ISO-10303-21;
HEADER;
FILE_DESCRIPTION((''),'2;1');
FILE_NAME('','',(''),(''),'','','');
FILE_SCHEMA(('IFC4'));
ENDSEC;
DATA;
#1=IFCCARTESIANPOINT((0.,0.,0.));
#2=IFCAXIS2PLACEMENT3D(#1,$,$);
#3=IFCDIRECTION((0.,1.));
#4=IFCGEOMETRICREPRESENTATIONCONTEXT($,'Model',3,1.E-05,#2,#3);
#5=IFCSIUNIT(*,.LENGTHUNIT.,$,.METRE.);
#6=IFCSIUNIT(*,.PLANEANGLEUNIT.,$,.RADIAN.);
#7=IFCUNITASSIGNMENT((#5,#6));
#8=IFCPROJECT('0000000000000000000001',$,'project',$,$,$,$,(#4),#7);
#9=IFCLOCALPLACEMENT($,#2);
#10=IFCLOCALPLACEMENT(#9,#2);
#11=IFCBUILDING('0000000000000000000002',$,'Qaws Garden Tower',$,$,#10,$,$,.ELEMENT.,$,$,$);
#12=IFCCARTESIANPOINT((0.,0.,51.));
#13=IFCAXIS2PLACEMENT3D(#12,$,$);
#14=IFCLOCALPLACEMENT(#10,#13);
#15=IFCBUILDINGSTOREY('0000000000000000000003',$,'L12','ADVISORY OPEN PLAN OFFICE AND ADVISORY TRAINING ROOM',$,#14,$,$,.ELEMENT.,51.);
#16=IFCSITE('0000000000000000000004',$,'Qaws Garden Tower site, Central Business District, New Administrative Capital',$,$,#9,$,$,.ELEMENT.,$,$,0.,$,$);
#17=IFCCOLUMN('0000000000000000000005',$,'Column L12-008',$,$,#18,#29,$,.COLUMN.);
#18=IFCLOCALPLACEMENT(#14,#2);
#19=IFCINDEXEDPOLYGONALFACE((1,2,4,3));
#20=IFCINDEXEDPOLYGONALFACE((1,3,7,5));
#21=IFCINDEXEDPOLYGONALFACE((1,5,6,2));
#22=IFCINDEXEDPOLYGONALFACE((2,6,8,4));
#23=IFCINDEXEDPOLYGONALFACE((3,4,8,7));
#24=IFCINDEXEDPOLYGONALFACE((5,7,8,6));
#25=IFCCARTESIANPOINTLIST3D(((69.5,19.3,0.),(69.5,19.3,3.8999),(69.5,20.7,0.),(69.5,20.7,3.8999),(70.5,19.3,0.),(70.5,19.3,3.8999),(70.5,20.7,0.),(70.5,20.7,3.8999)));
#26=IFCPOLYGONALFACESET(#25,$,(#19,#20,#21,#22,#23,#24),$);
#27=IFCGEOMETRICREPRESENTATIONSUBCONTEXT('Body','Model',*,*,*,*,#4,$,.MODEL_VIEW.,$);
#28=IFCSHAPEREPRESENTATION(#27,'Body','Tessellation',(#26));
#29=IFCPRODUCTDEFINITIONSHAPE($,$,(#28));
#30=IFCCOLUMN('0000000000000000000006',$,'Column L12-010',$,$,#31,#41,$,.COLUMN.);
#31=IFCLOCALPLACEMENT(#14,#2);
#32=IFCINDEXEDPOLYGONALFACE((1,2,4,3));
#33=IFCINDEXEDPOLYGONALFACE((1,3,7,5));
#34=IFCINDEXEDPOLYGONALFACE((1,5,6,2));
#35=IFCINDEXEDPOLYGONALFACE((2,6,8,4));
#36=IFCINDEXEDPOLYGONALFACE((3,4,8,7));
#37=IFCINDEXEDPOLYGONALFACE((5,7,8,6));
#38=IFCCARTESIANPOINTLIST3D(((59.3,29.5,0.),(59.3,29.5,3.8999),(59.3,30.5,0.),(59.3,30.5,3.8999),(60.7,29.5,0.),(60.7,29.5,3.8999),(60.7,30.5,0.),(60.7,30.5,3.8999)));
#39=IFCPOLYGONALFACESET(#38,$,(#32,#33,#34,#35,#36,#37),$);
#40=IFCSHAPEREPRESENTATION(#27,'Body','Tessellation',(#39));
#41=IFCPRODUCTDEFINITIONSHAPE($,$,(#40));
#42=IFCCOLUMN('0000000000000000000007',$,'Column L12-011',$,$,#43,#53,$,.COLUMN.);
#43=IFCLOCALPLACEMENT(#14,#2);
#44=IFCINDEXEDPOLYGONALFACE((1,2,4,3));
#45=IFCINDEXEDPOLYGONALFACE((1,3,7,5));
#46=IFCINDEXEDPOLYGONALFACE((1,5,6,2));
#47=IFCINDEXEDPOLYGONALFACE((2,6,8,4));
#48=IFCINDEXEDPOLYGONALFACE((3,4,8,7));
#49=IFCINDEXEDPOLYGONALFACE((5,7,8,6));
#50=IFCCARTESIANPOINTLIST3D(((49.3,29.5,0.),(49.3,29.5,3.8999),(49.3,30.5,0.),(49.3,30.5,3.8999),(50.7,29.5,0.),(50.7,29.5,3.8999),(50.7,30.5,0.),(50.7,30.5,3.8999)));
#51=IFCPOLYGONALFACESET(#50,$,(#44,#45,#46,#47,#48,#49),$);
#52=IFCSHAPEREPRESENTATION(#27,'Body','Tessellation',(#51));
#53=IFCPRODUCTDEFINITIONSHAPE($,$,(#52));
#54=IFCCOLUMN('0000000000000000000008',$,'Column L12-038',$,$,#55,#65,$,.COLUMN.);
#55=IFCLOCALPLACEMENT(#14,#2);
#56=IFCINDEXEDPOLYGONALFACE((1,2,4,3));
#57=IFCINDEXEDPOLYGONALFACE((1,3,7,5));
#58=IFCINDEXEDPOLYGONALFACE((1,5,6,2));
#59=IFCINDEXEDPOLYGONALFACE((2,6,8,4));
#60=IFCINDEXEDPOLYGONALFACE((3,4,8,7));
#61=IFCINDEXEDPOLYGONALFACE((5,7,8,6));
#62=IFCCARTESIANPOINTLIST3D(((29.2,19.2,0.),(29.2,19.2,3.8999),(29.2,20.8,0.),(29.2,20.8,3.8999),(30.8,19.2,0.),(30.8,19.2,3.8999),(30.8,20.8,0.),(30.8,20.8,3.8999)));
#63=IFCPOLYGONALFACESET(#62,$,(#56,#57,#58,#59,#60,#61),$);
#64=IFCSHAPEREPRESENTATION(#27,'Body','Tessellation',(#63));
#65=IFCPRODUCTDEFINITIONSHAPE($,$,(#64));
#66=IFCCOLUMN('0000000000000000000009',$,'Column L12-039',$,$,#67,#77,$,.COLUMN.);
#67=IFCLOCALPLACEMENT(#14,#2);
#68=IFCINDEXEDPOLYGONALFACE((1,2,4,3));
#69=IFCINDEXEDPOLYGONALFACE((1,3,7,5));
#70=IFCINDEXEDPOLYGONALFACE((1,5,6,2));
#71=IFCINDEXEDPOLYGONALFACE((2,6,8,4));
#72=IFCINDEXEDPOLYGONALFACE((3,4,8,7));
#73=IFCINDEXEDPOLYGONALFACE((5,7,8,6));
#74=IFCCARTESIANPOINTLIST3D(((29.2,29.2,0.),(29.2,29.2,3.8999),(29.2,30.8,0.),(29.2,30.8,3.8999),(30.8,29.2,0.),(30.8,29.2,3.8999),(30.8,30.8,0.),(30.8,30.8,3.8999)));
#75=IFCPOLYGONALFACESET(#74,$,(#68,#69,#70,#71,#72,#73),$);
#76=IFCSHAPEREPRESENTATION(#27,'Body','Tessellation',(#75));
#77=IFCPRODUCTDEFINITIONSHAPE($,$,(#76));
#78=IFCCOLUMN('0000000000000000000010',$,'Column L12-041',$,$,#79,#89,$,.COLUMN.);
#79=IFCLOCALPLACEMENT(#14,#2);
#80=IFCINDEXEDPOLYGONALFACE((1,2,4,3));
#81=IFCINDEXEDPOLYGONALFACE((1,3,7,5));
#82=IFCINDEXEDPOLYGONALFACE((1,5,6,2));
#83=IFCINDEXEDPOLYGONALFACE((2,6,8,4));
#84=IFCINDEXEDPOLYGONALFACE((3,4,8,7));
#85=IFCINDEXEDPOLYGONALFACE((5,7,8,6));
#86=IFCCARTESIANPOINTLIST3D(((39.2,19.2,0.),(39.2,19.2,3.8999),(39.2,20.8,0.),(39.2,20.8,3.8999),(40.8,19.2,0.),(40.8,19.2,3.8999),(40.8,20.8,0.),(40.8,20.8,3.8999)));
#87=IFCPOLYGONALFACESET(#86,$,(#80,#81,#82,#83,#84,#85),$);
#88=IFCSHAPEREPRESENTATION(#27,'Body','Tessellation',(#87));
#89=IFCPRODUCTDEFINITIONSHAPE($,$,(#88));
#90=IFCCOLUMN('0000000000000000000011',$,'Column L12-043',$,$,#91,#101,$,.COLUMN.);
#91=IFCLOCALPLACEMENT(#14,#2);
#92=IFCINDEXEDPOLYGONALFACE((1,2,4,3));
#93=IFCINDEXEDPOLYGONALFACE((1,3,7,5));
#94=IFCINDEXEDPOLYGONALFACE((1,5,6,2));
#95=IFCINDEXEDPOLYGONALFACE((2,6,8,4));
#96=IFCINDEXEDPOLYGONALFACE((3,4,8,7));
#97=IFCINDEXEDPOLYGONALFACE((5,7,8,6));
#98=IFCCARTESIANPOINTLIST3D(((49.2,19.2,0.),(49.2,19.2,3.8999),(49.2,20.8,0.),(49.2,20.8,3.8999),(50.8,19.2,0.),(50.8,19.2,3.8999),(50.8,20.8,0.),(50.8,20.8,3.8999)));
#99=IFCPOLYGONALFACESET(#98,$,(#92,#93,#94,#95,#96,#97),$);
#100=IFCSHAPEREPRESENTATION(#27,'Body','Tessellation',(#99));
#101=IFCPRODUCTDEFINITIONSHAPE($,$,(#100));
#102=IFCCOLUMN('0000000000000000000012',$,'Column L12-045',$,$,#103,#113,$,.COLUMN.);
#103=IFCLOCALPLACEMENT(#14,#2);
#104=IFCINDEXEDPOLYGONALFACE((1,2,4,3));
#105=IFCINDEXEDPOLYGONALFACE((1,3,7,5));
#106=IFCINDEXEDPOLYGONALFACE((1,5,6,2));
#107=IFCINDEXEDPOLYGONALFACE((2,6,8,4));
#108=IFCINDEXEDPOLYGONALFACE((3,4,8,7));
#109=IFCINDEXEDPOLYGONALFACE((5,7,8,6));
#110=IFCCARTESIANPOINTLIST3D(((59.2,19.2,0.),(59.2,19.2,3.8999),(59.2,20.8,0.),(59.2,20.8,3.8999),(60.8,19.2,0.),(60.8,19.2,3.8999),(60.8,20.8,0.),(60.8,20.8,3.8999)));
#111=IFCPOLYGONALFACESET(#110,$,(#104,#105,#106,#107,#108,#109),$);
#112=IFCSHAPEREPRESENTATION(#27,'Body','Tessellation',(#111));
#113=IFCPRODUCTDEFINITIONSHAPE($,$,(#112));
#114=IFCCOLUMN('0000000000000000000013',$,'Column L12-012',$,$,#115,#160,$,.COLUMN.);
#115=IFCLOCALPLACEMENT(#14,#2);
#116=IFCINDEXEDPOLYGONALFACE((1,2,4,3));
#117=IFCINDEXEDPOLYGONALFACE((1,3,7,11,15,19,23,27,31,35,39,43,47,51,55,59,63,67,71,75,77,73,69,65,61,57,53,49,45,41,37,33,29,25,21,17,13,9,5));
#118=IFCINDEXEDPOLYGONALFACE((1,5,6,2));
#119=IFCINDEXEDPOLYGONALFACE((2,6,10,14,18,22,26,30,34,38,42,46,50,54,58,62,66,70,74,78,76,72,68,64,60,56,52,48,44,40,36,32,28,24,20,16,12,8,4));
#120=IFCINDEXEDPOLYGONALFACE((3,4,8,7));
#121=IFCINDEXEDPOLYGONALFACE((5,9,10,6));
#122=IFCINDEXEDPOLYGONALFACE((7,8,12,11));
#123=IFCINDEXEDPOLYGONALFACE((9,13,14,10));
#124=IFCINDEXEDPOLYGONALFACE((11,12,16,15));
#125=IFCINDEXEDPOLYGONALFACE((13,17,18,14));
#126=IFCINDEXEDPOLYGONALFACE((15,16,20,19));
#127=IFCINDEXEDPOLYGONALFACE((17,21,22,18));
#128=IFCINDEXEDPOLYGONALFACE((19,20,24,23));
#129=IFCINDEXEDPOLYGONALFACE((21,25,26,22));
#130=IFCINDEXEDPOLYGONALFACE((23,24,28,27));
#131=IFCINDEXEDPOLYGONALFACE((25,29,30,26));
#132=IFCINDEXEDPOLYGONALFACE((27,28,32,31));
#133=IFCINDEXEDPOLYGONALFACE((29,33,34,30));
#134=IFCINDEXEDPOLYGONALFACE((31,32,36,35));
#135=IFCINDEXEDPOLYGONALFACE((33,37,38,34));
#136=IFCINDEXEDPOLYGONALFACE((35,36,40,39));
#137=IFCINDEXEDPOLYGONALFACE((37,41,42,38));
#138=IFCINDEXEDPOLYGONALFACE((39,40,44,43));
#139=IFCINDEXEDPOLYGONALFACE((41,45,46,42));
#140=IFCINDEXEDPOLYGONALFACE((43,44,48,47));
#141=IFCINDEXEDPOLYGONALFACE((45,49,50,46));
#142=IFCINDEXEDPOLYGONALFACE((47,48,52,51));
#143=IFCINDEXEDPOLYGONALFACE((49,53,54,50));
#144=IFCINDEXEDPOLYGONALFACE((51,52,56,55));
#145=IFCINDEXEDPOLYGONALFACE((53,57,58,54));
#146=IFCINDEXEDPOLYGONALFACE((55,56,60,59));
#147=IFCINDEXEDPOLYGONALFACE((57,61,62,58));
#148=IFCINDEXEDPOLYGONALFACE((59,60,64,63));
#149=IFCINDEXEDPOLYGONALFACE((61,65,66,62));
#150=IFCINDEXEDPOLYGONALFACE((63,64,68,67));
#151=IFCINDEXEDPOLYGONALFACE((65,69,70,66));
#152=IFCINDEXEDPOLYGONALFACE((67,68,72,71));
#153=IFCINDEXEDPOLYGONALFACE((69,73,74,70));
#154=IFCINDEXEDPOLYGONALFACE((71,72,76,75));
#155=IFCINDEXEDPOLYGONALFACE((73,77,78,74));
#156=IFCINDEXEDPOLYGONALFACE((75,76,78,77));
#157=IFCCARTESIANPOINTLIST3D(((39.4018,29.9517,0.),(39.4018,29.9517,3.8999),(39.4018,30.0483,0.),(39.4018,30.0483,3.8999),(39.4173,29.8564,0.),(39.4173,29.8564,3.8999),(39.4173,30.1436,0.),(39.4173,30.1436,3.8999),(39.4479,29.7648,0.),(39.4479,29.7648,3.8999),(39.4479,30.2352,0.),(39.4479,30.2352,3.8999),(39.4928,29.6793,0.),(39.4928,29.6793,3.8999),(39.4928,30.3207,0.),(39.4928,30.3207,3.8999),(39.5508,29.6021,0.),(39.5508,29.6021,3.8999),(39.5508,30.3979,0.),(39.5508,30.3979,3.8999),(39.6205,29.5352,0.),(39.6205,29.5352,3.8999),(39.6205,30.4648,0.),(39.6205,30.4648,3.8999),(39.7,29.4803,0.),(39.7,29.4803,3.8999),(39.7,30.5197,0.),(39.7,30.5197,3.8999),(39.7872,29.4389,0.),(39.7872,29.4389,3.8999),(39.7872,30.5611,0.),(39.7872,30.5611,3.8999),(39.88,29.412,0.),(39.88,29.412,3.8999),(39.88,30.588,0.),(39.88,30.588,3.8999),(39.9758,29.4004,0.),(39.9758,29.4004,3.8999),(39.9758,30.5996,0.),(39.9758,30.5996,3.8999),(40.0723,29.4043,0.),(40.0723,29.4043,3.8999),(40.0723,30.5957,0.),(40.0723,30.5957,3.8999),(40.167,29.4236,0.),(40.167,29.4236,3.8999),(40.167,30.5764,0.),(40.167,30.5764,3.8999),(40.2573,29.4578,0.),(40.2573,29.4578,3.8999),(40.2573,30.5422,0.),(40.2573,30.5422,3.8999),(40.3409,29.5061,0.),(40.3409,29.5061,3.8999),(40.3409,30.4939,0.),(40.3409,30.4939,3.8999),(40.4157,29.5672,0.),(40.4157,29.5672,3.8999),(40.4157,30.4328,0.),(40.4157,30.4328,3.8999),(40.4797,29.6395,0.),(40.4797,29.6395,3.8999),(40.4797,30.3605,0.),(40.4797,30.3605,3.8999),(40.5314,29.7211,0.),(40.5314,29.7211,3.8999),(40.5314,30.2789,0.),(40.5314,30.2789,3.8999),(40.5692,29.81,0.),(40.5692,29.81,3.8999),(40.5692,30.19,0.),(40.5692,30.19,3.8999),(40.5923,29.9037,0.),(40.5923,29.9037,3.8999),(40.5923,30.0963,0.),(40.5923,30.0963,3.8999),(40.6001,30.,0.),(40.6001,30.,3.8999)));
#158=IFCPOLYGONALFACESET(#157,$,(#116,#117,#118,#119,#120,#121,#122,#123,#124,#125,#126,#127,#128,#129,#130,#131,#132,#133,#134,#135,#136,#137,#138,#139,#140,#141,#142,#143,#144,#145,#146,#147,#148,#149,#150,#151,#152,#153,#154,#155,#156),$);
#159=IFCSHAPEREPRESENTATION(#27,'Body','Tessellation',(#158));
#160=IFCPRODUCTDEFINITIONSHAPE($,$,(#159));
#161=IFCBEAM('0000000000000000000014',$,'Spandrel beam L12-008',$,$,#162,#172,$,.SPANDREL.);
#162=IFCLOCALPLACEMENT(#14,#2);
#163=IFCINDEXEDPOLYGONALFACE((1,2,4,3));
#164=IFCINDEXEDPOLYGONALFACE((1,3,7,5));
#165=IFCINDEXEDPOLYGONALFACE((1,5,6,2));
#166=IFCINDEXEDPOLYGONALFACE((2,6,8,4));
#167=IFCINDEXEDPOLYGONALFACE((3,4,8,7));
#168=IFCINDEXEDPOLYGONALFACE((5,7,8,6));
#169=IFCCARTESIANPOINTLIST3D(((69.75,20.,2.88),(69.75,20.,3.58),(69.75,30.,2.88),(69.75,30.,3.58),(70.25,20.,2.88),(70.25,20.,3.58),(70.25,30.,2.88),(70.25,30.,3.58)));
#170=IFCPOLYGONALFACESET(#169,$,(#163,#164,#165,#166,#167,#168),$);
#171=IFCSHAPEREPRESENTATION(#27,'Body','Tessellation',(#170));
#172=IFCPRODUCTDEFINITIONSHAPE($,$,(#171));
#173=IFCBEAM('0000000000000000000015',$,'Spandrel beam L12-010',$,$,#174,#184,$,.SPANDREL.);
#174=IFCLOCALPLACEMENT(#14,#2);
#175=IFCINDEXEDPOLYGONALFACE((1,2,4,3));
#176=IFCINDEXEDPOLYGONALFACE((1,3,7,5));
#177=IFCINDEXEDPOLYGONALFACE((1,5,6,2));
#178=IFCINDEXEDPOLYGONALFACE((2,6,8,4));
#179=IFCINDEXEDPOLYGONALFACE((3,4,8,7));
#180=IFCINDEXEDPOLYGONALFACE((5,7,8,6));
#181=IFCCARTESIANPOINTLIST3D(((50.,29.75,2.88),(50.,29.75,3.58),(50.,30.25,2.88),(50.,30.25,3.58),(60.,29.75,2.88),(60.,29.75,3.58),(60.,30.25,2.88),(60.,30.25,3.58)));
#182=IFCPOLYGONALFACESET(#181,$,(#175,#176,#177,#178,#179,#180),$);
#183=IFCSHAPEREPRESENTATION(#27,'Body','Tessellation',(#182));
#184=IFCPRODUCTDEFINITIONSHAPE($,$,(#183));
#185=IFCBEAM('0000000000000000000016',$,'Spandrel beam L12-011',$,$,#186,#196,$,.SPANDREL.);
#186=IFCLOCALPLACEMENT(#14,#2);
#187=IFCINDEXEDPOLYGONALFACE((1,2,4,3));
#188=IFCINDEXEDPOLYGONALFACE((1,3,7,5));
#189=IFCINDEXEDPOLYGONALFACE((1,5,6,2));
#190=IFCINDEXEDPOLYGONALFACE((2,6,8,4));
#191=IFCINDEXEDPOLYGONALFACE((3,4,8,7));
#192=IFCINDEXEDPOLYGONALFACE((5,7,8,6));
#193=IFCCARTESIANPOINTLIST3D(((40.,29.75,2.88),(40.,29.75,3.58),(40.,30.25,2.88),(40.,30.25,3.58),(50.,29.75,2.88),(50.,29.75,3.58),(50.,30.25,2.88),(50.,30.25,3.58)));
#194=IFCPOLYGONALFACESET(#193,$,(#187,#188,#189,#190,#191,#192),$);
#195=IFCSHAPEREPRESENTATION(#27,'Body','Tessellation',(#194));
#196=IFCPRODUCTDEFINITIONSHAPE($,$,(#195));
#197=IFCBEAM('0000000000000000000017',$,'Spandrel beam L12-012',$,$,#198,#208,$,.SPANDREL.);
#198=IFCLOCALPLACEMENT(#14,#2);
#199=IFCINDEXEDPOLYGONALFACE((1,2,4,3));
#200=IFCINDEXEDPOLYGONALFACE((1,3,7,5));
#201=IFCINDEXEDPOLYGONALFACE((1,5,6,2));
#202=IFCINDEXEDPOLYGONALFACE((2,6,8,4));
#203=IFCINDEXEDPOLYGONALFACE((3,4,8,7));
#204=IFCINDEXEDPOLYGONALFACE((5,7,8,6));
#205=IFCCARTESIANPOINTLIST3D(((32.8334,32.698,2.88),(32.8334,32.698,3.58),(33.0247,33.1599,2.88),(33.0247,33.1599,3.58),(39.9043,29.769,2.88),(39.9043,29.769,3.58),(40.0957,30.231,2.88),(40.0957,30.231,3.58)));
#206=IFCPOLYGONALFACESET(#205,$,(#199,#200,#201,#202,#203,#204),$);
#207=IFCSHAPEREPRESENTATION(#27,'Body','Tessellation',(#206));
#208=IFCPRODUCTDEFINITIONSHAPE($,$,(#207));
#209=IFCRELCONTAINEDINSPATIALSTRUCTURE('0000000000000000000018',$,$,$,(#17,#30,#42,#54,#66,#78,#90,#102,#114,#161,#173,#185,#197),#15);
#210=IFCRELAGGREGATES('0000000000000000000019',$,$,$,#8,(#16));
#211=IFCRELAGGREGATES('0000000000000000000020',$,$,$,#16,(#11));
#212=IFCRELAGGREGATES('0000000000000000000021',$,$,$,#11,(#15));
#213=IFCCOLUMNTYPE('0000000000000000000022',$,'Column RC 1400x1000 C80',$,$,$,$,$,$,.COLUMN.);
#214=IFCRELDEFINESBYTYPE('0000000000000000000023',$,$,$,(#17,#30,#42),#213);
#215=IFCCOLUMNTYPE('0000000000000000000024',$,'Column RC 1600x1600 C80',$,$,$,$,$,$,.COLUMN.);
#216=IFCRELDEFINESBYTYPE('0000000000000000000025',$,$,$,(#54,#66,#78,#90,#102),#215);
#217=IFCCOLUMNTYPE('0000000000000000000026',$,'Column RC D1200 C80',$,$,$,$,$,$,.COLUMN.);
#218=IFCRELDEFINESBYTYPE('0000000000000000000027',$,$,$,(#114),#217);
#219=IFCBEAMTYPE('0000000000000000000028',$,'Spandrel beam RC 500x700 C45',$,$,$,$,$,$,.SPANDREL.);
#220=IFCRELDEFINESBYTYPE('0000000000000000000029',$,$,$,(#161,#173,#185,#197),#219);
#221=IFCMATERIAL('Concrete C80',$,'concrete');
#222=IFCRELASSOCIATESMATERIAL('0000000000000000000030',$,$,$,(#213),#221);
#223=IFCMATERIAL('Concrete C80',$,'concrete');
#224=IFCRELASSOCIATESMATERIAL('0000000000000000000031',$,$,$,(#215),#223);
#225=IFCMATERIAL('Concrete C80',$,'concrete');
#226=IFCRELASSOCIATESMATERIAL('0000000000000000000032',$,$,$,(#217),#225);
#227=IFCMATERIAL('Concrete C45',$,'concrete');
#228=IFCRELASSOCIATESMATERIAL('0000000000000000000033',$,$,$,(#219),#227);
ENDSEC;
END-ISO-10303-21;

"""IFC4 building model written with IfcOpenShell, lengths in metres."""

from ifc_helpers import new_model, si_unit, direction, frame, origin, origin_2d, place, context, subcontext, project, spatial, rectangle, circle, extrude, material, material_profile, profile_set, type_object, element, save


model = new_model("IFC4")

# Units and contexts
model_context = context("Model", 3, precision=1e-05, world=origin(), true_north=direction((0.0, 1.0)))
body_context = subcontext(model_context, "Body", "Model", "MODEL_VIEW")
ifc_project = project(units=[si_unit("LENGTHUNIT", "METRE"), si_unit("PLANEANGLEUNIT", "RADIAN")], contexts=[model_context])

# Site, building, storey
site_placement = place(None, origin())
site = spatial("IfcSite", under=ifc_project, at=site_placement, Name="Qaws Garden Tower site, Central Business District, New Administrative Capital", CompositionType="ELEMENT", RefElevation=0.0)
building_placement = place(site_placement, origin())
building = spatial("IfcBuilding", under=site, at=building_placement, Name="Qaws Garden Tower", CompositionType="ELEMENT")
storey_placement = place(building_placement, frame((0.0, 0.0, 51.0)))
storey = spatial("IfcBuildingStorey", under=building, at=storey_placement, Name="L12", Description="ADVISORY OPEN PLAN OFFICE AND ADVISORY TRAINING ROOM", CompositionType="ELEMENT", Elevation=51.0)

# Columns
ifc_material_1 = material(Name="Concrete C80", Category="concrete")
ifc_material_profile_1 = material_profile(ifc_material_1, rectangle(XDim=1.3999, YDim=1.0, at=origin_2d()), Name="RC 1400x1000")
ifc_profile_set_1 = profile_set([ifc_material_profile_1], Name="Concrete C80")
column_type_1 = type_object("IfcColumnType", Name="Column RC 1400x1000 C80", PredefinedType="COLUMN", material=ifc_profile_set_1)
for number, where, z_axis, x_axis, name in (
    (1, (70.0, 20.0, 0.0), (0.0, 0.0, 1.0), (0.0, 1.0, 0.0), "Column L12-008"),
    (2, (60.0, 30.0, 0.0), (0.0, 0.0, 1.0), (1.0, 0.0, 0.0), "Column L12-010"),
    (3, (50.0, 30.0, 0.0), (0.0, 0.0, 1.0), (1.0, 0.0, 0.0), "Column L12-011"),
):
    element("IfcColumn", number, at=place(storey_placement, frame(where, z_axis=z_axis, x_axis=x_axis)), inside=storey, type_object=column_type_1, Name=name, PredefinedType="COLUMN", context=body_context, shape_type="SweptSolid", body=[
        extrude(rectangle(XDim=1.3999, YDim=1.0, at=origin_2d()), origin(), (0.0, 0.0, 1.0), 3.8999),
    ])
ifc_material_2 = material(Name="Concrete C80", Category="concrete")
ifc_material_profile_2 = material_profile(ifc_material_2, rectangle(XDim=1.6001, YDim=1.6001, at=origin_2d()), Name="RC 1600x1600")
ifc_profile_set_2 = profile_set([ifc_material_profile_2], Name="Concrete C80")
column_type_2 = type_object("IfcColumnType", Name="Column RC 1600x1600 C80", PredefinedType="COLUMN", material=ifc_profile_set_2)
for number, where, z_axis, x_axis, name in (
    (4, (30.0, 20.0, 0.0), (0.0, 0.0, 1.0), (1.0, 0.0, 0.0), "Column L12-038"),
    (5, (30.0, 30.0, 0.0), (0.0, 0.0, 1.0), (1.0, 0.0, 0.0), "Column L12-039"),
    (6, (40.0, 20.0, 0.0), (0.0, 0.0, 1.0), (1.0, 0.0, 0.0), "Column L12-041"),
    (7, (50.0, 20.0, 0.0), (0.0, 0.0, 1.0), (1.0, 0.0, 0.0), "Column L12-043"),
    (8, (60.0, 20.0, 0.0), (0.0, 0.0, 1.0), (1.0, 0.0, 0.0), "Column L12-045"),
):
    element("IfcColumn", number, at=place(storey_placement, frame(where, z_axis=z_axis, x_axis=x_axis)), inside=storey, type_object=column_type_2, Name=name, PredefinedType="COLUMN", context=body_context, shape_type="SweptSolid", body=[
        extrude(rectangle(XDim=1.6001, YDim=1.6001, at=origin_2d()), origin(), (0.0, 0.0, 1.0), 3.8999),
    ])
ifc_material_3 = material(Name="Concrete C80", Category="concrete")
ifc_material_profile_3 = material_profile(ifc_material_3, circle(Radius=0.6001, at=origin_2d()), Name="RC D1200")
ifc_profile_set_3 = profile_set([ifc_material_profile_3], Name="Concrete C80")
column_type_3 = type_object("IfcColumnType", Name="Column RC D1200 C80", PredefinedType="COLUMN", material=ifc_profile_set_3)
column_placement = place(storey_placement, frame((40.0, 30.0, 0.0), z_axis=(0.0, 0.0, 1.0), x_axis=(1.0, 0.0, 0.0)))
element("IfcColumn", 9, at=column_placement, inside=storey, type_object=column_type_3, Name="Column L12-012", PredefinedType="COLUMN", context=body_context, shape_type="SweptSolid", body=[
    extrude(circle(Radius=0.6001, at=origin_2d()), origin(), (0.0, 0.0, 1.0), 3.8999),
])

# Beams
ifc_material_4 = material(Name="Concrete C45", Category="concrete")
ifc_material_profile_4 = material_profile(ifc_material_4, rectangle(XDim=0.5, YDim=0.7, at=origin_2d()), Name="RC 500x700")
ifc_profile_set_4 = profile_set([ifc_material_profile_4], Name="Concrete C45")
beam_type = type_object("IfcBeamType", Name="Spandrel beam RC 500x700 C45", PredefinedType="SPANDREL", material=ifc_profile_set_4)
for number, where, z_axis, x_axis, name in (
    (10, (70.0, 20.0, 3.23), (0.0, 1.0, 0.0), (-1.0, 0.0, 0.0), "Spandrel beam L12-008"),
    (11, (60.0, 30.0, 3.23), (-1.0, 0.0, 0.0), (0.0, -1.0, 0.0), "Spandrel beam L12-010"),
    (12, (50.0, 30.0, 3.23), (-1.0, 0.0, 0.0), (0.0, -1.0, 0.0), "Spandrel beam L12-011"),
):
    element("IfcBeam", number, at=place(storey_placement, frame(where, z_axis=z_axis, x_axis=x_axis)), inside=storey, type_object=beam_type, Name=name, PredefinedType="SPANDREL", context=body_context, shape_type="SweptSolid", body=[
        extrude(rectangle(XDim=0.5, YDim=0.7, at=origin_2d()), origin(), (0.0, 0.0, 1.0), 10.0),
    ])
beam_placement = place(storey_placement, frame((40.0, 30.0, 3.23), z_axis=(-0.923878, 0.382687, 0.0), x_axis=(-0.382687, -0.923878, 0.0)))
element("IfcBeam", 13, at=beam_placement, inside=storey, type_object=beam_type, Name="Spandrel beam L12-012", PredefinedType="SPANDREL", context=body_context, shape_type="SweptSolid", body=[
    extrude(rectangle(XDim=0.5, YDim=0.7, at=origin_2d()), origin(), (0.0, 0.0, 1.0), 7.6536),
])

save(model, "model.ifc")
